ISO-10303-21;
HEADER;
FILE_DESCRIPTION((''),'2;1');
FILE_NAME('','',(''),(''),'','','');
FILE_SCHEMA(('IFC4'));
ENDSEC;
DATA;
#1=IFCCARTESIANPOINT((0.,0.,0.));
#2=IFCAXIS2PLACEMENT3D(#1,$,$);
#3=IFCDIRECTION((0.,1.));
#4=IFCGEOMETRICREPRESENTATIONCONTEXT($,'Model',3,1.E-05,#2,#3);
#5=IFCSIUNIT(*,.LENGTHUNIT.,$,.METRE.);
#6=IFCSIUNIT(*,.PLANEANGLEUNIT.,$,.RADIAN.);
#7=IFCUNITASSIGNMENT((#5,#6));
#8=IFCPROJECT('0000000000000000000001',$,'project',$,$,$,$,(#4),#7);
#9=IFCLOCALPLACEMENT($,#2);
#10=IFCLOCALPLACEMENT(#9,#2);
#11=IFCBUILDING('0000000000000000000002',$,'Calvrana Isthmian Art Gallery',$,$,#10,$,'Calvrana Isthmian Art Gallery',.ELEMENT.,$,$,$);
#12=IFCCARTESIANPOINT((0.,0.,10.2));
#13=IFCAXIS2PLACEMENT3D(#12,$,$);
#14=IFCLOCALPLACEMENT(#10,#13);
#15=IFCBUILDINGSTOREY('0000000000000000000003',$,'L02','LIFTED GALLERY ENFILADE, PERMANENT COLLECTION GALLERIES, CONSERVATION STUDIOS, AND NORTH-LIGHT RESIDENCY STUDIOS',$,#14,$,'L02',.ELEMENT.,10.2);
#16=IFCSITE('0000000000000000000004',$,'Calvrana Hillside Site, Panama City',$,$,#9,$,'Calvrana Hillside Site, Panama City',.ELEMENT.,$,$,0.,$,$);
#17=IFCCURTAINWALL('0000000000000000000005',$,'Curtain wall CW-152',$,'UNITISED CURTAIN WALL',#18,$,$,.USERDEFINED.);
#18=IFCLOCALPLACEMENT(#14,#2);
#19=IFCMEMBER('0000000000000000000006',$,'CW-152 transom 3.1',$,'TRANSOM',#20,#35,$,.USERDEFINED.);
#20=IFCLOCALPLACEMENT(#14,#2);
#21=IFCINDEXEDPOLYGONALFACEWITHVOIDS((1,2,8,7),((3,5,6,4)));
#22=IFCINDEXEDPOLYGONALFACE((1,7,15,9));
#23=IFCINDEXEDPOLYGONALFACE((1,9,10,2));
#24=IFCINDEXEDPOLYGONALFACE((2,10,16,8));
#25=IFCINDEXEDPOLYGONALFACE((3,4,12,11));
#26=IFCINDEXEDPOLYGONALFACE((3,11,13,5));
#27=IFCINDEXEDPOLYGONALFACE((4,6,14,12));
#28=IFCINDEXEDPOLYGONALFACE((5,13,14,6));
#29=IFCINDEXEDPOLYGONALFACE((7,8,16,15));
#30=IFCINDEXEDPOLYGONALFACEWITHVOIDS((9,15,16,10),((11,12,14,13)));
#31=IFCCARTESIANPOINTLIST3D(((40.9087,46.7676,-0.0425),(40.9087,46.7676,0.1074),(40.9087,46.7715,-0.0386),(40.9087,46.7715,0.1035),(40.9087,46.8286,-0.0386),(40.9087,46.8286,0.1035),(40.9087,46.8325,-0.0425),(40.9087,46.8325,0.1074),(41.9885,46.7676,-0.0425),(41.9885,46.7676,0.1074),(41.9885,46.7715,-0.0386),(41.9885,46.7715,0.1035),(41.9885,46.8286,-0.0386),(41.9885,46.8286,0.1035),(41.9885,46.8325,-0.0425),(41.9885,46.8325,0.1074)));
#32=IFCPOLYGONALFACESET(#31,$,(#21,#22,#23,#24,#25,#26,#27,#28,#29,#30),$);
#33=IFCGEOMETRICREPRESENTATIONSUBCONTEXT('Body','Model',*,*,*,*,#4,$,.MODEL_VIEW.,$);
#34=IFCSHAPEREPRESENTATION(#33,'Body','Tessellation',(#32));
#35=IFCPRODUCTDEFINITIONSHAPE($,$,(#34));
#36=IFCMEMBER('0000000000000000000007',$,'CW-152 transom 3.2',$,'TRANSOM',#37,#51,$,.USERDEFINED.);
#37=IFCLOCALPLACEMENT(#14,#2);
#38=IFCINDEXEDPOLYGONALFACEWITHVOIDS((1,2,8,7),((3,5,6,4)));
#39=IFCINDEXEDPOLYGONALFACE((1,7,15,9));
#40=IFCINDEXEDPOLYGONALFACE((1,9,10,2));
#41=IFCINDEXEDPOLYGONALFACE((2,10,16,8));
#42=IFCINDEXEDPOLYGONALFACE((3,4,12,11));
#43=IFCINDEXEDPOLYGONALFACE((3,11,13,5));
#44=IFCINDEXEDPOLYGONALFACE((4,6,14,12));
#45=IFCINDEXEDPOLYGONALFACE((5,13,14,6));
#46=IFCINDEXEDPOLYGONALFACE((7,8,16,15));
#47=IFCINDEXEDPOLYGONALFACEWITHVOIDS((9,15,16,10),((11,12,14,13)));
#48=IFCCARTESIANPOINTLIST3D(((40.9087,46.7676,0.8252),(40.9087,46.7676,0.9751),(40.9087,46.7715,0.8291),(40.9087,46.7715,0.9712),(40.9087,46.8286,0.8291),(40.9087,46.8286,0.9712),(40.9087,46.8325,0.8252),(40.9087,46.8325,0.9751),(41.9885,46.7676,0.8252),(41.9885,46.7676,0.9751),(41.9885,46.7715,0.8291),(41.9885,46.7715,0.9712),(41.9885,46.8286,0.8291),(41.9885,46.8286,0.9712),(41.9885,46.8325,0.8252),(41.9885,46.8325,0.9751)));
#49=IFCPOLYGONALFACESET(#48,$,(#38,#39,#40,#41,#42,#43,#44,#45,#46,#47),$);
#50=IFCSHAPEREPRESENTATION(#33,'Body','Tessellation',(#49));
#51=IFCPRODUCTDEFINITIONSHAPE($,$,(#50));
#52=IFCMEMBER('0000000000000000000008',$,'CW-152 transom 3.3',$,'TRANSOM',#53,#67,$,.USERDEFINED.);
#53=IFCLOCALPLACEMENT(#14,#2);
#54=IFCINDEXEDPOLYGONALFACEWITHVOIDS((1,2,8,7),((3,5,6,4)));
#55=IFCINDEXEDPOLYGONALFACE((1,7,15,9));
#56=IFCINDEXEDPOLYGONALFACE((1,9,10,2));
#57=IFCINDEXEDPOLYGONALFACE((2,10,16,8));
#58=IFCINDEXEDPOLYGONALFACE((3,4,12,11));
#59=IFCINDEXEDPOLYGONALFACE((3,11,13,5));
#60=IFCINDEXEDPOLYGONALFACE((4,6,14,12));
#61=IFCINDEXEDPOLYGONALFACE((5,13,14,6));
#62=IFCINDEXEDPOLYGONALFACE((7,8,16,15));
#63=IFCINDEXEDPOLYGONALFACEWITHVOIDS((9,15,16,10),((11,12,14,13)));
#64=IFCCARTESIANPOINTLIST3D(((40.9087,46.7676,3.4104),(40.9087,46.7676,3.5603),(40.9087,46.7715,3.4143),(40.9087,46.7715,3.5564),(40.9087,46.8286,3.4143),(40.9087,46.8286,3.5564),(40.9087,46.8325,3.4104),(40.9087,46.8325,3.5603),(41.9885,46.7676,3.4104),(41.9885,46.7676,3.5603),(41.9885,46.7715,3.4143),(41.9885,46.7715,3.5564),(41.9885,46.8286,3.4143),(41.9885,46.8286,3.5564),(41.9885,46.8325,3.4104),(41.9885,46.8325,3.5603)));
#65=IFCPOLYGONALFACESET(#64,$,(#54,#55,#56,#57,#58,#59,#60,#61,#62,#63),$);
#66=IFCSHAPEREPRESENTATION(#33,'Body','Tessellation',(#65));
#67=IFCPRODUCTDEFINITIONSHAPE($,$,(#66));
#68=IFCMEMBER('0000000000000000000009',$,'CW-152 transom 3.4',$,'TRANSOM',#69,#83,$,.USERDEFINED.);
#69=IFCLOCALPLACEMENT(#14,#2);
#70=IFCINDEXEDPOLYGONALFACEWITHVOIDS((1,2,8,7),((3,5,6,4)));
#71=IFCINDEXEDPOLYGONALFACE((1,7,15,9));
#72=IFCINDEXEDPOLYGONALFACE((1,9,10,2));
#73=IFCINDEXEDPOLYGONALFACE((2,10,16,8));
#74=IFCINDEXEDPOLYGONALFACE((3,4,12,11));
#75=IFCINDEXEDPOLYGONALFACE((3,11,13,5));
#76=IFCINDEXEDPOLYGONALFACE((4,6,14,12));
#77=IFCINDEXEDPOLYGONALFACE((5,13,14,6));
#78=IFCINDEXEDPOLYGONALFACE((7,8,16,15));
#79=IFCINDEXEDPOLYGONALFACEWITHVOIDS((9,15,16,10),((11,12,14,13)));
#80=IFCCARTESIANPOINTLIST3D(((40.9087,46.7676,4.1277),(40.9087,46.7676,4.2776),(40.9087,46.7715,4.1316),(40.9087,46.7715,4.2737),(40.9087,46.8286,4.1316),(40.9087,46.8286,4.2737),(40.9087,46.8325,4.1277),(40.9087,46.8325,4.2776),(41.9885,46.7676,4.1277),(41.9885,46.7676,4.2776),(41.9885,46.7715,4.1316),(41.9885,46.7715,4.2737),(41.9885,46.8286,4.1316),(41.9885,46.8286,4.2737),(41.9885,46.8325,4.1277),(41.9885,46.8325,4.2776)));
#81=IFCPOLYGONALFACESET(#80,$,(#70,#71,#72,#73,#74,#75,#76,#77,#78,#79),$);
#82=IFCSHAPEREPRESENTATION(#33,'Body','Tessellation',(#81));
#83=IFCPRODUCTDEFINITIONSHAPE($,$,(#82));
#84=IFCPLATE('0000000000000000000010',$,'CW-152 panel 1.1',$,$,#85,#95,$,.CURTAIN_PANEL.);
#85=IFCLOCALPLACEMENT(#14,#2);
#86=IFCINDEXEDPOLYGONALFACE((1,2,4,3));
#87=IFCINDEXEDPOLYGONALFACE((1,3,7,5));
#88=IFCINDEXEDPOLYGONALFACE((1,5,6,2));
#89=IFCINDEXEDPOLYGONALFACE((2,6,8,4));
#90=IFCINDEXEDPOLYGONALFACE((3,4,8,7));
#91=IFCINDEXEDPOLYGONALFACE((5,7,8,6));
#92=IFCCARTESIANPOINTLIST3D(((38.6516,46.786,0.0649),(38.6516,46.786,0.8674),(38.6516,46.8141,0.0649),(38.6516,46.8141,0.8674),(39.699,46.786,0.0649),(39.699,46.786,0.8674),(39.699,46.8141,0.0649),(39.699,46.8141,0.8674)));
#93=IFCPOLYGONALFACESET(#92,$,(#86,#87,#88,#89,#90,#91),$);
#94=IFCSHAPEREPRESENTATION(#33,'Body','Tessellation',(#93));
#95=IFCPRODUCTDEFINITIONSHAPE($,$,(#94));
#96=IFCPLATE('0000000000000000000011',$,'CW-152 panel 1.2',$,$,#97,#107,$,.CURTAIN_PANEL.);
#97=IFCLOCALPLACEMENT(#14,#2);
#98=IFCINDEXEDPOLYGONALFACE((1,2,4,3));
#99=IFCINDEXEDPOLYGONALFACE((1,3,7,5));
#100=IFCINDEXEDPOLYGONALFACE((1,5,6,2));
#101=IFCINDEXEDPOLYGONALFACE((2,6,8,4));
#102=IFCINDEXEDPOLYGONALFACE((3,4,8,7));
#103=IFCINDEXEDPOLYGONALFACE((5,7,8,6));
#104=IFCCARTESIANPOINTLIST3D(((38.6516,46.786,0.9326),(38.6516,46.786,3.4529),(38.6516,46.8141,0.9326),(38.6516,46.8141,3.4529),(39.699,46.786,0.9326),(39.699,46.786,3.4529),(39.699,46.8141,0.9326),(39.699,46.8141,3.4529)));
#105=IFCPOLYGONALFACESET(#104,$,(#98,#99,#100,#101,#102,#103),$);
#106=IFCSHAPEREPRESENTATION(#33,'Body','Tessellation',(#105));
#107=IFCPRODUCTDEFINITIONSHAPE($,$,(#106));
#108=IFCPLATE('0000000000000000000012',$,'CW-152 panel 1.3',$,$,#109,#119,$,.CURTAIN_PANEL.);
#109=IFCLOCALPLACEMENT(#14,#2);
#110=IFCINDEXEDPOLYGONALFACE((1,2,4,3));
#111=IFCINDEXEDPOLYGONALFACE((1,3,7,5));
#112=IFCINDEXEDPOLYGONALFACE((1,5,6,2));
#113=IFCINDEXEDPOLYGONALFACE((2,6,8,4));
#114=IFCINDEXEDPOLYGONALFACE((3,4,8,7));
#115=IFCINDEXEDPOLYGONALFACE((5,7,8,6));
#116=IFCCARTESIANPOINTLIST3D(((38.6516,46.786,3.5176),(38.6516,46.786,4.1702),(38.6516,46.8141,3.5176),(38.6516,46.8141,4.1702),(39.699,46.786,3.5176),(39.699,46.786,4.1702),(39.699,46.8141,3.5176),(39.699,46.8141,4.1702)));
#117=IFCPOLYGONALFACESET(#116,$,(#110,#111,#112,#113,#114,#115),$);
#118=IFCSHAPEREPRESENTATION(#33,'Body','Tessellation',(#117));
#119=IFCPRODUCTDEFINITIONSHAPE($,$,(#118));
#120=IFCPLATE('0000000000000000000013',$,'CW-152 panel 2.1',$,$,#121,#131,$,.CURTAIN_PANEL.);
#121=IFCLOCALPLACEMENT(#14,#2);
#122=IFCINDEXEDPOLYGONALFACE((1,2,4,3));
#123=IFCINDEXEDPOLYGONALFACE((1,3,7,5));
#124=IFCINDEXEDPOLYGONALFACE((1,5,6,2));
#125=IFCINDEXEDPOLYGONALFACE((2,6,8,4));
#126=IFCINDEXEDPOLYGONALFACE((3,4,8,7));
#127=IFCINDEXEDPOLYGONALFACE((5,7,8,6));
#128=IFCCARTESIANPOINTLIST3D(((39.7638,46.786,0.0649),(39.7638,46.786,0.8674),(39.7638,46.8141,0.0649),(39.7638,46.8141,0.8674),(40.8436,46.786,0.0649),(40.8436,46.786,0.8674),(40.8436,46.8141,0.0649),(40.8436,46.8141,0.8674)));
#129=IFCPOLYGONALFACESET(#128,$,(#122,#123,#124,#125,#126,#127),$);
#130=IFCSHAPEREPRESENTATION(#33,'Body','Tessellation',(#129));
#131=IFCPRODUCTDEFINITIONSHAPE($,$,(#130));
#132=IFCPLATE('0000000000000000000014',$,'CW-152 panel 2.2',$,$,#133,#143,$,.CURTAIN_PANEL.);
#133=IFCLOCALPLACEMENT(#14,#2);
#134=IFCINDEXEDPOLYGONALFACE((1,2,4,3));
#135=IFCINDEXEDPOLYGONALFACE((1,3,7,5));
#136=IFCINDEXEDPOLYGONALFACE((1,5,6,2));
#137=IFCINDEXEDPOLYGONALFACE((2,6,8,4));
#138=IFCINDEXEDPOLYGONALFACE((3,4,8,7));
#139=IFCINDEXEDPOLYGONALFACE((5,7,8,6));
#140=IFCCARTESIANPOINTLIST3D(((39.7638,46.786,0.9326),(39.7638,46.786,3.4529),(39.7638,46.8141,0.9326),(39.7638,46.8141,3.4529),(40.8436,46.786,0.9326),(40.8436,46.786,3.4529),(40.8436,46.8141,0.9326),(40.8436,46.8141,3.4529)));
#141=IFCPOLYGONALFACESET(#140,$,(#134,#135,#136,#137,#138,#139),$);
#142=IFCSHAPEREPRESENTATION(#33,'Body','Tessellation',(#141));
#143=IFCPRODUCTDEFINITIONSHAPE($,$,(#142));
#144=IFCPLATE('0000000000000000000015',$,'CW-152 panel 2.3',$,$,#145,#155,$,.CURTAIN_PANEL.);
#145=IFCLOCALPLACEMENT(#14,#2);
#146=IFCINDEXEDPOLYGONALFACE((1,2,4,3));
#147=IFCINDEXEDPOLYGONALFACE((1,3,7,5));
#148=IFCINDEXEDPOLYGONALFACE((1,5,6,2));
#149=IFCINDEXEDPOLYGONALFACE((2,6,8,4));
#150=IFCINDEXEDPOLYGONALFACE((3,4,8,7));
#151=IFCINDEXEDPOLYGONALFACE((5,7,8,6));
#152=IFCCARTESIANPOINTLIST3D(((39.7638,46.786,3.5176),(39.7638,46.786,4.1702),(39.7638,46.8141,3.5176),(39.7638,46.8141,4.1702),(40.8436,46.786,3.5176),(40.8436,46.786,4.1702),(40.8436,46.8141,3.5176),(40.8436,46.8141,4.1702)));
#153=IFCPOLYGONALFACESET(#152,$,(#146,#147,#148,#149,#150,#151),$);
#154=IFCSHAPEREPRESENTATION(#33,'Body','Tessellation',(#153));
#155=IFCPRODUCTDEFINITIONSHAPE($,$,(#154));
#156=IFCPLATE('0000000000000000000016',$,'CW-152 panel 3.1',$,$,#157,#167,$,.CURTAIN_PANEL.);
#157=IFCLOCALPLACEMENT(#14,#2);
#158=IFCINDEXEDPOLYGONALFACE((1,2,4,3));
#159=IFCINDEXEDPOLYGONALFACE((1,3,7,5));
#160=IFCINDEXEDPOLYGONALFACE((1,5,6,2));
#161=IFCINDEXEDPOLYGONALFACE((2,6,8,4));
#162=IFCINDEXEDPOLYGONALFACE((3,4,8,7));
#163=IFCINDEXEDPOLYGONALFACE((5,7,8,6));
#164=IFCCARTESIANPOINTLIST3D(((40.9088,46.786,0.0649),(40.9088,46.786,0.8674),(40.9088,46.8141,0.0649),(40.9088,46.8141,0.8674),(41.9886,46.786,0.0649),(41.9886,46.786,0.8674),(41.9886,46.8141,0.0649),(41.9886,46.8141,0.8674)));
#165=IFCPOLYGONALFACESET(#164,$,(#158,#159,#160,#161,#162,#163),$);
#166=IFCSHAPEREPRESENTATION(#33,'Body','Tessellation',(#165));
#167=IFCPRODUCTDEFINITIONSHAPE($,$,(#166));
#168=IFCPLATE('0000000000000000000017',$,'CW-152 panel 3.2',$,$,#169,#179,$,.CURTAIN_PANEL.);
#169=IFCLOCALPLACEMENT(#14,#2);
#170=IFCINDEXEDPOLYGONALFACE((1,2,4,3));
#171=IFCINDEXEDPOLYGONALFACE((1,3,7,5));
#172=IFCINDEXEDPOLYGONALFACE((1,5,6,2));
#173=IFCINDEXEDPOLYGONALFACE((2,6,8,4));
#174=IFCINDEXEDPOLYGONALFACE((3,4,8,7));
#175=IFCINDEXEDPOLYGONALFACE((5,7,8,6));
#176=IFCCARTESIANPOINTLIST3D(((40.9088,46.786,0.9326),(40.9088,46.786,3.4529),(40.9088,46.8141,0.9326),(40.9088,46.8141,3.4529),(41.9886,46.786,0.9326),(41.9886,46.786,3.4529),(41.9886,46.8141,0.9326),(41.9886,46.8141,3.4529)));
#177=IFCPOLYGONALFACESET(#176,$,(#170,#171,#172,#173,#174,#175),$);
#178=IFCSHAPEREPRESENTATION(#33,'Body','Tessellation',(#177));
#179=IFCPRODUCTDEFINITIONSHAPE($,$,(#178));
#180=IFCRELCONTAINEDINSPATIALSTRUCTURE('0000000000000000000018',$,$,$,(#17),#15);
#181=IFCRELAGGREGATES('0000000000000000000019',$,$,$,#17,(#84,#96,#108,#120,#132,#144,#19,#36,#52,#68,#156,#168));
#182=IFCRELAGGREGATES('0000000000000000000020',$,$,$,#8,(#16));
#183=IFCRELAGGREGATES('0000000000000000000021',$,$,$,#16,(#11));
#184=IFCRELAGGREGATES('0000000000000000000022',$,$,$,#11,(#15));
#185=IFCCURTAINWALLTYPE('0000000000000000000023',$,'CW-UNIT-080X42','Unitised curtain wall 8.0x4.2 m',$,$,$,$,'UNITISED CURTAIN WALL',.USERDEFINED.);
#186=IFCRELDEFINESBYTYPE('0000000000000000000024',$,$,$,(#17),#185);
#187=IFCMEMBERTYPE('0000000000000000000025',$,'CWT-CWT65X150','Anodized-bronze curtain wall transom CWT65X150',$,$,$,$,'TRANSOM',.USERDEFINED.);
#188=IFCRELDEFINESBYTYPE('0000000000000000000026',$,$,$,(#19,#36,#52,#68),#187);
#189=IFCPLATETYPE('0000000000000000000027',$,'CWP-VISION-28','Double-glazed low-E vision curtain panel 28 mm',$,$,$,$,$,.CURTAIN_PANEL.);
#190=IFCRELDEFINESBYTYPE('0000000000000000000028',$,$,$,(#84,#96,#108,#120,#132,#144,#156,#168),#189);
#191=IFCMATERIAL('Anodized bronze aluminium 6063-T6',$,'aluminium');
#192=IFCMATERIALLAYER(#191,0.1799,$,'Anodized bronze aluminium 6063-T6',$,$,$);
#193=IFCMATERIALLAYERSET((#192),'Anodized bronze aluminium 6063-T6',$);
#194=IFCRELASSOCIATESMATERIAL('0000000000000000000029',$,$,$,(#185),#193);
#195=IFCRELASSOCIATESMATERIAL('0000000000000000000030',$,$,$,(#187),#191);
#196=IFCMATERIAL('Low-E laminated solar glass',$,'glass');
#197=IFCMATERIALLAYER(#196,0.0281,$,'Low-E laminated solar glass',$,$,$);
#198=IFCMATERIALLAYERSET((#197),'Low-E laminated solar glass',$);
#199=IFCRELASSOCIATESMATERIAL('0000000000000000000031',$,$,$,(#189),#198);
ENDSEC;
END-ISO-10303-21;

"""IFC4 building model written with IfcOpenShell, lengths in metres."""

from ifc_helpers import new_model, si_unit, direction, frame, origin, origin_2d, place, context, subcontext, project, spatial, rectangle, hollow_rectangle, extrude, material, layer, layer_set, material_profile, profile_set, type_object, element, aggregate, save


model = new_model("IFC4")

# Units and contexts
model_context = context("Model", 3, precision=1e-05, world=origin(), true_north=direction((0.0, 1.0)))
body_context = subcontext(model_context, "Body", "Model", "MODEL_VIEW")
ifc_project = project(units=[si_unit("LENGTHUNIT", "METRE"), si_unit("PLANEANGLEUNIT", "RADIAN")], contexts=[model_context])

# Site, building, storey
site_placement = place(None, origin())
site = spatial("IfcSite", under=ifc_project, at=site_placement, Name="Calvrana Hillside Site, Panama City", LongName="Calvrana Hillside Site, Panama City", CompositionType="ELEMENT", RefElevation=0.0)
building_placement = place(site_placement, origin())
building = spatial("IfcBuilding", under=site, at=building_placement, Name="Calvrana Isthmian Art Gallery", LongName="Calvrana Isthmian Art Gallery", CompositionType="ELEMENT")
storey_placement = place(building_placement, frame((0.0, 0.0, 10.2)))
storey = spatial("IfcBuildingStorey", under=building, at=storey_placement, Name="L02", Description="LIFTED GALLERY ENFILADE, PERMANENT COLLECTION GALLERIES, CONSERVATION STUDIOS, AND NORTH-LIGHT RESIDENCY STUDIOS", LongName="L02", CompositionType="ELEMENT", Elevation=10.2)

# Curtain wall, members, plates
ifc_material_1 = material(Name="Anodized bronze aluminium 6063-T6", Category="aluminium")
ifc_layer_1 = layer(ifc_material_1, 0.1799, Name="Anodized bronze aluminium 6063-T6")
ifc_layer_set_1 = layer_set([ifc_layer_1], Name="Anodized bronze aluminium 6063-T6")
curtain_wall_type = type_object("IfcCurtainWallType", Name="CW-UNIT-080X42", Description="Unitised curtain wall 8.0x4.2 m", ElementType="UNITISED CURTAIN WALL", PredefinedType="USERDEFINED", material=ifc_layer_set_1)
curtain_wall_placement = place(storey_placement, origin())
curtain_wall = element("IfcCurtainWall", 1, at=curtain_wall_placement, inside=storey, type_object=curtain_wall_type, Name="Curtain wall CW-152", ObjectType="UNITISED CURTAIN WALL", PredefinedType="USERDEFINED")
ifc_material_profile_1 = material_profile(ifc_material_1, hollow_rectangle(XDim=0.0649, YDim=0.1499, WallThickness=0.0039, at=origin_2d()), Name="CWT65X150")
ifc_profile_set_1 = profile_set([ifc_material_profile_1], Name="Anodized bronze aluminium 6063-T6")
member_type_1 = type_object("IfcMemberType", Name="CWT-CWT65X150", Description="Anodized-bronze curtain wall transom CWT65X150", ElementType="TRANSOM", PredefinedType="USERDEFINED", material=ifc_profile_set_1)
member_1_placement = place(storey_placement, frame((40.9087, 46.8, 0.0325), z_axis=(1.0, 0.0, 0.0), x_axis=(0.0, 1.0, 0.0)))
member_1 = element("IfcMember", 2, at=member_1_placement, type_object=member_type_1, Name="CW-152 transom 3.1", ObjectType="TRANSOM", PredefinedType="USERDEFINED", context=body_context, shape_type="SweptSolid", body=[
    extrude(hollow_rectangle(XDim=0.0649, YDim=0.1499, WallThickness=0.0039, at=origin_2d()), origin(), (0.0, 0.0, 1.0), 1.0798),
])
member_2_placement = place(storey_placement, frame((40.9087, 46.8, 0.9001), z_axis=(1.0, 0.0, 0.0), x_axis=(0.0, 1.0, 0.0)))
member_2 = element("IfcMember", 3, at=member_2_placement, type_object=member_type_1, Name="CW-152 transom 3.2", ObjectType="TRANSOM", PredefinedType="USERDEFINED", context=body_context, shape_type="SweptSolid", body=[
    extrude(hollow_rectangle(XDim=0.0649, YDim=0.1499, WallThickness=0.0039, at=origin_2d()), origin(), (0.0, 0.0, 1.0), 1.0798),
])
member_3_placement = place(storey_placement, frame((40.9087, 46.8, 3.4854), z_axis=(1.0, 0.0, 0.0), x_axis=(0.0, 1.0, 0.0)))
member_3 = element("IfcMember", 4, at=member_3_placement, type_object=member_type_1, Name="CW-152 transom 3.3", ObjectType="TRANSOM", PredefinedType="USERDEFINED", context=body_context, shape_type="SweptSolid", body=[
    extrude(hollow_rectangle(XDim=0.0649, YDim=0.1499, WallThickness=0.0039, at=origin_2d()), origin(), (0.0, 0.0, 1.0), 1.0798),
])
member_4_placement = place(storey_placement, frame((40.9087, 46.8, 4.2026), z_axis=(1.0, 0.0, 0.0), x_axis=(0.0, 1.0, 0.0)))
member_4 = element("IfcMember", 5, at=member_4_placement, type_object=member_type_1, Name="CW-152 transom 3.4", ObjectType="TRANSOM", PredefinedType="USERDEFINED", context=body_context, shape_type="SweptSolid", body=[
    extrude(hollow_rectangle(XDim=0.0649, YDim=0.1499, WallThickness=0.0039, at=origin_2d()), origin(), (0.0, 0.0, 1.0), 1.0798),
])
ifc_material_2 = material(Name="Low-E laminated solar glass", Category="glass")
ifc_layer_2 = layer(ifc_material_2, 0.0281, Name="Low-E laminated solar glass")
ifc_layer_set_2 = layer_set([ifc_layer_2], Name="Low-E laminated solar glass")
plate_type = type_object("IfcPlateType", Name="CWP-VISION-28", Description="Double-glazed low-E vision curtain panel 28 mm", PredefinedType="CURTAIN_PANEL", material=ifc_layer_set_2)
plate_1_placement = place(storey_placement, frame((39.1753, 46.8, 0.0649), z_axis=(0.0, 0.0, 1.0), x_axis=(1.0, 0.0, 0.0)))
plate_1 = element("IfcPlate", 6, at=plate_1_placement, type_object=plate_type, Name="CW-152 panel 1.1", PredefinedType="CURTAIN_PANEL", context=body_context, shape_type="SweptSolid", body=[
    extrude(rectangle(XDim=1.0474, YDim=0.0281, at=origin_2d()), origin(), (0.0, 0.0, 1.0), 0.8025),
])
plate_2_placement = place(storey_placement, frame((39.1753, 46.8, 0.9326), z_axis=(0.0, 0.0, 1.0), x_axis=(1.0, 0.0, 0.0)))
plate_2 = element("IfcPlate", 7, at=plate_2_placement, type_object=plate_type, Name="CW-152 panel 1.2", PredefinedType="CURTAIN_PANEL", context=body_context, shape_type="SweptSolid", body=[
    extrude(rectangle(XDim=1.0474, YDim=0.0281, at=origin_2d()), origin(), (0.0, 0.0, 1.0), 2.5203),
])
plate_3_placement = place(storey_placement, frame((39.1753, 46.8, 3.5176), z_axis=(0.0, 0.0, 1.0), x_axis=(1.0, 0.0, 0.0)))
plate_3 = element("IfcPlate", 8, at=plate_3_placement, type_object=plate_type, Name="CW-152 panel 1.3", PredefinedType="CURTAIN_PANEL", context=body_context, shape_type="SweptSolid", body=[
    extrude(rectangle(XDim=1.0474, YDim=0.0281, at=origin_2d()), origin(), (0.0, 0.0, 1.0), 0.6526),
])
plate_4_placement = place(storey_placement, frame((40.3037, 46.8, 0.0649), z_axis=(0.0, 0.0, 1.0), x_axis=(1.0, 0.0, 0.0)))
plate_4 = element("IfcPlate", 9, at=plate_4_placement, type_object=plate_type, Name="CW-152 panel 2.1", PredefinedType="CURTAIN_PANEL", context=body_context, shape_type="SweptSolid", body=[
    extrude(rectangle(XDim=1.0798, YDim=0.0281, at=origin_2d()), origin(), (0.0, 0.0, 1.0), 0.8025),
])
plate_5_placement = place(storey_placement, frame((40.3037, 46.8, 0.9326), z_axis=(0.0, 0.0, 1.0), x_axis=(1.0, 0.0, 0.0)))
plate_5 = element("IfcPlate", 10, at=plate_5_placement, type_object=plate_type, Name="CW-152 panel 2.2", PredefinedType="CURTAIN_PANEL", context=body_context, shape_type="SweptSolid", body=[
    extrude(rectangle(XDim=1.0798, YDim=0.0281, at=origin_2d()), origin(), (0.0, 0.0, 1.0), 2.5203),
])
plate_6_placement = place(storey_placement, frame((40.3037, 46.8, 3.5176), z_axis=(0.0, 0.0, 1.0), x_axis=(1.0, 0.0, 0.0)))
plate_6 = element("IfcPlate", 11, at=plate_6_placement, type_object=plate_type, Name="CW-152 panel 2.3", PredefinedType="CURTAIN_PANEL", context=body_context, shape_type="SweptSolid", body=[
    extrude(rectangle(XDim=1.0798, YDim=0.0281, at=origin_2d()), origin(), (0.0, 0.0, 1.0), 0.6526),
])
plate_7_placement = place(storey_placement, frame((41.4487, 46.8, 0.0649), z_axis=(0.0, 0.0, 1.0), x_axis=(1.0, 0.0, 0.0)))
plate_7 = element("IfcPlate", 12, at=plate_7_placement, type_object=plate_type, Name="CW-152 panel 3.1", PredefinedType="CURTAIN_PANEL", context=body_context, shape_type="SweptSolid", body=[
    extrude(rectangle(XDim=1.0798, YDim=0.0281, at=origin_2d()), origin(), (0.0, 0.0, 1.0), 0.8025),
])
plate_8_placement = place(storey_placement, frame((41.4487, 46.8, 0.9326), z_axis=(0.0, 0.0, 1.0), x_axis=(1.0, 0.0, 0.0)))
plate_8 = element("IfcPlate", 13, at=plate_8_placement, type_object=plate_type, Name="CW-152 panel 3.2", PredefinedType="CURTAIN_PANEL", context=body_context, shape_type="SweptSolid", body=[
    extrude(rectangle(XDim=1.0798, YDim=0.0281, at=origin_2d()), origin(), (0.0, 0.0, 1.0), 2.5203),
])
aggregate(curtain_wall, [plate_1, plate_2, plate_3, plate_4, plate_5, plate_6, member_1, member_2, member_3, member_4, plate_7, plate_8])

save(model, "model.ifc")
